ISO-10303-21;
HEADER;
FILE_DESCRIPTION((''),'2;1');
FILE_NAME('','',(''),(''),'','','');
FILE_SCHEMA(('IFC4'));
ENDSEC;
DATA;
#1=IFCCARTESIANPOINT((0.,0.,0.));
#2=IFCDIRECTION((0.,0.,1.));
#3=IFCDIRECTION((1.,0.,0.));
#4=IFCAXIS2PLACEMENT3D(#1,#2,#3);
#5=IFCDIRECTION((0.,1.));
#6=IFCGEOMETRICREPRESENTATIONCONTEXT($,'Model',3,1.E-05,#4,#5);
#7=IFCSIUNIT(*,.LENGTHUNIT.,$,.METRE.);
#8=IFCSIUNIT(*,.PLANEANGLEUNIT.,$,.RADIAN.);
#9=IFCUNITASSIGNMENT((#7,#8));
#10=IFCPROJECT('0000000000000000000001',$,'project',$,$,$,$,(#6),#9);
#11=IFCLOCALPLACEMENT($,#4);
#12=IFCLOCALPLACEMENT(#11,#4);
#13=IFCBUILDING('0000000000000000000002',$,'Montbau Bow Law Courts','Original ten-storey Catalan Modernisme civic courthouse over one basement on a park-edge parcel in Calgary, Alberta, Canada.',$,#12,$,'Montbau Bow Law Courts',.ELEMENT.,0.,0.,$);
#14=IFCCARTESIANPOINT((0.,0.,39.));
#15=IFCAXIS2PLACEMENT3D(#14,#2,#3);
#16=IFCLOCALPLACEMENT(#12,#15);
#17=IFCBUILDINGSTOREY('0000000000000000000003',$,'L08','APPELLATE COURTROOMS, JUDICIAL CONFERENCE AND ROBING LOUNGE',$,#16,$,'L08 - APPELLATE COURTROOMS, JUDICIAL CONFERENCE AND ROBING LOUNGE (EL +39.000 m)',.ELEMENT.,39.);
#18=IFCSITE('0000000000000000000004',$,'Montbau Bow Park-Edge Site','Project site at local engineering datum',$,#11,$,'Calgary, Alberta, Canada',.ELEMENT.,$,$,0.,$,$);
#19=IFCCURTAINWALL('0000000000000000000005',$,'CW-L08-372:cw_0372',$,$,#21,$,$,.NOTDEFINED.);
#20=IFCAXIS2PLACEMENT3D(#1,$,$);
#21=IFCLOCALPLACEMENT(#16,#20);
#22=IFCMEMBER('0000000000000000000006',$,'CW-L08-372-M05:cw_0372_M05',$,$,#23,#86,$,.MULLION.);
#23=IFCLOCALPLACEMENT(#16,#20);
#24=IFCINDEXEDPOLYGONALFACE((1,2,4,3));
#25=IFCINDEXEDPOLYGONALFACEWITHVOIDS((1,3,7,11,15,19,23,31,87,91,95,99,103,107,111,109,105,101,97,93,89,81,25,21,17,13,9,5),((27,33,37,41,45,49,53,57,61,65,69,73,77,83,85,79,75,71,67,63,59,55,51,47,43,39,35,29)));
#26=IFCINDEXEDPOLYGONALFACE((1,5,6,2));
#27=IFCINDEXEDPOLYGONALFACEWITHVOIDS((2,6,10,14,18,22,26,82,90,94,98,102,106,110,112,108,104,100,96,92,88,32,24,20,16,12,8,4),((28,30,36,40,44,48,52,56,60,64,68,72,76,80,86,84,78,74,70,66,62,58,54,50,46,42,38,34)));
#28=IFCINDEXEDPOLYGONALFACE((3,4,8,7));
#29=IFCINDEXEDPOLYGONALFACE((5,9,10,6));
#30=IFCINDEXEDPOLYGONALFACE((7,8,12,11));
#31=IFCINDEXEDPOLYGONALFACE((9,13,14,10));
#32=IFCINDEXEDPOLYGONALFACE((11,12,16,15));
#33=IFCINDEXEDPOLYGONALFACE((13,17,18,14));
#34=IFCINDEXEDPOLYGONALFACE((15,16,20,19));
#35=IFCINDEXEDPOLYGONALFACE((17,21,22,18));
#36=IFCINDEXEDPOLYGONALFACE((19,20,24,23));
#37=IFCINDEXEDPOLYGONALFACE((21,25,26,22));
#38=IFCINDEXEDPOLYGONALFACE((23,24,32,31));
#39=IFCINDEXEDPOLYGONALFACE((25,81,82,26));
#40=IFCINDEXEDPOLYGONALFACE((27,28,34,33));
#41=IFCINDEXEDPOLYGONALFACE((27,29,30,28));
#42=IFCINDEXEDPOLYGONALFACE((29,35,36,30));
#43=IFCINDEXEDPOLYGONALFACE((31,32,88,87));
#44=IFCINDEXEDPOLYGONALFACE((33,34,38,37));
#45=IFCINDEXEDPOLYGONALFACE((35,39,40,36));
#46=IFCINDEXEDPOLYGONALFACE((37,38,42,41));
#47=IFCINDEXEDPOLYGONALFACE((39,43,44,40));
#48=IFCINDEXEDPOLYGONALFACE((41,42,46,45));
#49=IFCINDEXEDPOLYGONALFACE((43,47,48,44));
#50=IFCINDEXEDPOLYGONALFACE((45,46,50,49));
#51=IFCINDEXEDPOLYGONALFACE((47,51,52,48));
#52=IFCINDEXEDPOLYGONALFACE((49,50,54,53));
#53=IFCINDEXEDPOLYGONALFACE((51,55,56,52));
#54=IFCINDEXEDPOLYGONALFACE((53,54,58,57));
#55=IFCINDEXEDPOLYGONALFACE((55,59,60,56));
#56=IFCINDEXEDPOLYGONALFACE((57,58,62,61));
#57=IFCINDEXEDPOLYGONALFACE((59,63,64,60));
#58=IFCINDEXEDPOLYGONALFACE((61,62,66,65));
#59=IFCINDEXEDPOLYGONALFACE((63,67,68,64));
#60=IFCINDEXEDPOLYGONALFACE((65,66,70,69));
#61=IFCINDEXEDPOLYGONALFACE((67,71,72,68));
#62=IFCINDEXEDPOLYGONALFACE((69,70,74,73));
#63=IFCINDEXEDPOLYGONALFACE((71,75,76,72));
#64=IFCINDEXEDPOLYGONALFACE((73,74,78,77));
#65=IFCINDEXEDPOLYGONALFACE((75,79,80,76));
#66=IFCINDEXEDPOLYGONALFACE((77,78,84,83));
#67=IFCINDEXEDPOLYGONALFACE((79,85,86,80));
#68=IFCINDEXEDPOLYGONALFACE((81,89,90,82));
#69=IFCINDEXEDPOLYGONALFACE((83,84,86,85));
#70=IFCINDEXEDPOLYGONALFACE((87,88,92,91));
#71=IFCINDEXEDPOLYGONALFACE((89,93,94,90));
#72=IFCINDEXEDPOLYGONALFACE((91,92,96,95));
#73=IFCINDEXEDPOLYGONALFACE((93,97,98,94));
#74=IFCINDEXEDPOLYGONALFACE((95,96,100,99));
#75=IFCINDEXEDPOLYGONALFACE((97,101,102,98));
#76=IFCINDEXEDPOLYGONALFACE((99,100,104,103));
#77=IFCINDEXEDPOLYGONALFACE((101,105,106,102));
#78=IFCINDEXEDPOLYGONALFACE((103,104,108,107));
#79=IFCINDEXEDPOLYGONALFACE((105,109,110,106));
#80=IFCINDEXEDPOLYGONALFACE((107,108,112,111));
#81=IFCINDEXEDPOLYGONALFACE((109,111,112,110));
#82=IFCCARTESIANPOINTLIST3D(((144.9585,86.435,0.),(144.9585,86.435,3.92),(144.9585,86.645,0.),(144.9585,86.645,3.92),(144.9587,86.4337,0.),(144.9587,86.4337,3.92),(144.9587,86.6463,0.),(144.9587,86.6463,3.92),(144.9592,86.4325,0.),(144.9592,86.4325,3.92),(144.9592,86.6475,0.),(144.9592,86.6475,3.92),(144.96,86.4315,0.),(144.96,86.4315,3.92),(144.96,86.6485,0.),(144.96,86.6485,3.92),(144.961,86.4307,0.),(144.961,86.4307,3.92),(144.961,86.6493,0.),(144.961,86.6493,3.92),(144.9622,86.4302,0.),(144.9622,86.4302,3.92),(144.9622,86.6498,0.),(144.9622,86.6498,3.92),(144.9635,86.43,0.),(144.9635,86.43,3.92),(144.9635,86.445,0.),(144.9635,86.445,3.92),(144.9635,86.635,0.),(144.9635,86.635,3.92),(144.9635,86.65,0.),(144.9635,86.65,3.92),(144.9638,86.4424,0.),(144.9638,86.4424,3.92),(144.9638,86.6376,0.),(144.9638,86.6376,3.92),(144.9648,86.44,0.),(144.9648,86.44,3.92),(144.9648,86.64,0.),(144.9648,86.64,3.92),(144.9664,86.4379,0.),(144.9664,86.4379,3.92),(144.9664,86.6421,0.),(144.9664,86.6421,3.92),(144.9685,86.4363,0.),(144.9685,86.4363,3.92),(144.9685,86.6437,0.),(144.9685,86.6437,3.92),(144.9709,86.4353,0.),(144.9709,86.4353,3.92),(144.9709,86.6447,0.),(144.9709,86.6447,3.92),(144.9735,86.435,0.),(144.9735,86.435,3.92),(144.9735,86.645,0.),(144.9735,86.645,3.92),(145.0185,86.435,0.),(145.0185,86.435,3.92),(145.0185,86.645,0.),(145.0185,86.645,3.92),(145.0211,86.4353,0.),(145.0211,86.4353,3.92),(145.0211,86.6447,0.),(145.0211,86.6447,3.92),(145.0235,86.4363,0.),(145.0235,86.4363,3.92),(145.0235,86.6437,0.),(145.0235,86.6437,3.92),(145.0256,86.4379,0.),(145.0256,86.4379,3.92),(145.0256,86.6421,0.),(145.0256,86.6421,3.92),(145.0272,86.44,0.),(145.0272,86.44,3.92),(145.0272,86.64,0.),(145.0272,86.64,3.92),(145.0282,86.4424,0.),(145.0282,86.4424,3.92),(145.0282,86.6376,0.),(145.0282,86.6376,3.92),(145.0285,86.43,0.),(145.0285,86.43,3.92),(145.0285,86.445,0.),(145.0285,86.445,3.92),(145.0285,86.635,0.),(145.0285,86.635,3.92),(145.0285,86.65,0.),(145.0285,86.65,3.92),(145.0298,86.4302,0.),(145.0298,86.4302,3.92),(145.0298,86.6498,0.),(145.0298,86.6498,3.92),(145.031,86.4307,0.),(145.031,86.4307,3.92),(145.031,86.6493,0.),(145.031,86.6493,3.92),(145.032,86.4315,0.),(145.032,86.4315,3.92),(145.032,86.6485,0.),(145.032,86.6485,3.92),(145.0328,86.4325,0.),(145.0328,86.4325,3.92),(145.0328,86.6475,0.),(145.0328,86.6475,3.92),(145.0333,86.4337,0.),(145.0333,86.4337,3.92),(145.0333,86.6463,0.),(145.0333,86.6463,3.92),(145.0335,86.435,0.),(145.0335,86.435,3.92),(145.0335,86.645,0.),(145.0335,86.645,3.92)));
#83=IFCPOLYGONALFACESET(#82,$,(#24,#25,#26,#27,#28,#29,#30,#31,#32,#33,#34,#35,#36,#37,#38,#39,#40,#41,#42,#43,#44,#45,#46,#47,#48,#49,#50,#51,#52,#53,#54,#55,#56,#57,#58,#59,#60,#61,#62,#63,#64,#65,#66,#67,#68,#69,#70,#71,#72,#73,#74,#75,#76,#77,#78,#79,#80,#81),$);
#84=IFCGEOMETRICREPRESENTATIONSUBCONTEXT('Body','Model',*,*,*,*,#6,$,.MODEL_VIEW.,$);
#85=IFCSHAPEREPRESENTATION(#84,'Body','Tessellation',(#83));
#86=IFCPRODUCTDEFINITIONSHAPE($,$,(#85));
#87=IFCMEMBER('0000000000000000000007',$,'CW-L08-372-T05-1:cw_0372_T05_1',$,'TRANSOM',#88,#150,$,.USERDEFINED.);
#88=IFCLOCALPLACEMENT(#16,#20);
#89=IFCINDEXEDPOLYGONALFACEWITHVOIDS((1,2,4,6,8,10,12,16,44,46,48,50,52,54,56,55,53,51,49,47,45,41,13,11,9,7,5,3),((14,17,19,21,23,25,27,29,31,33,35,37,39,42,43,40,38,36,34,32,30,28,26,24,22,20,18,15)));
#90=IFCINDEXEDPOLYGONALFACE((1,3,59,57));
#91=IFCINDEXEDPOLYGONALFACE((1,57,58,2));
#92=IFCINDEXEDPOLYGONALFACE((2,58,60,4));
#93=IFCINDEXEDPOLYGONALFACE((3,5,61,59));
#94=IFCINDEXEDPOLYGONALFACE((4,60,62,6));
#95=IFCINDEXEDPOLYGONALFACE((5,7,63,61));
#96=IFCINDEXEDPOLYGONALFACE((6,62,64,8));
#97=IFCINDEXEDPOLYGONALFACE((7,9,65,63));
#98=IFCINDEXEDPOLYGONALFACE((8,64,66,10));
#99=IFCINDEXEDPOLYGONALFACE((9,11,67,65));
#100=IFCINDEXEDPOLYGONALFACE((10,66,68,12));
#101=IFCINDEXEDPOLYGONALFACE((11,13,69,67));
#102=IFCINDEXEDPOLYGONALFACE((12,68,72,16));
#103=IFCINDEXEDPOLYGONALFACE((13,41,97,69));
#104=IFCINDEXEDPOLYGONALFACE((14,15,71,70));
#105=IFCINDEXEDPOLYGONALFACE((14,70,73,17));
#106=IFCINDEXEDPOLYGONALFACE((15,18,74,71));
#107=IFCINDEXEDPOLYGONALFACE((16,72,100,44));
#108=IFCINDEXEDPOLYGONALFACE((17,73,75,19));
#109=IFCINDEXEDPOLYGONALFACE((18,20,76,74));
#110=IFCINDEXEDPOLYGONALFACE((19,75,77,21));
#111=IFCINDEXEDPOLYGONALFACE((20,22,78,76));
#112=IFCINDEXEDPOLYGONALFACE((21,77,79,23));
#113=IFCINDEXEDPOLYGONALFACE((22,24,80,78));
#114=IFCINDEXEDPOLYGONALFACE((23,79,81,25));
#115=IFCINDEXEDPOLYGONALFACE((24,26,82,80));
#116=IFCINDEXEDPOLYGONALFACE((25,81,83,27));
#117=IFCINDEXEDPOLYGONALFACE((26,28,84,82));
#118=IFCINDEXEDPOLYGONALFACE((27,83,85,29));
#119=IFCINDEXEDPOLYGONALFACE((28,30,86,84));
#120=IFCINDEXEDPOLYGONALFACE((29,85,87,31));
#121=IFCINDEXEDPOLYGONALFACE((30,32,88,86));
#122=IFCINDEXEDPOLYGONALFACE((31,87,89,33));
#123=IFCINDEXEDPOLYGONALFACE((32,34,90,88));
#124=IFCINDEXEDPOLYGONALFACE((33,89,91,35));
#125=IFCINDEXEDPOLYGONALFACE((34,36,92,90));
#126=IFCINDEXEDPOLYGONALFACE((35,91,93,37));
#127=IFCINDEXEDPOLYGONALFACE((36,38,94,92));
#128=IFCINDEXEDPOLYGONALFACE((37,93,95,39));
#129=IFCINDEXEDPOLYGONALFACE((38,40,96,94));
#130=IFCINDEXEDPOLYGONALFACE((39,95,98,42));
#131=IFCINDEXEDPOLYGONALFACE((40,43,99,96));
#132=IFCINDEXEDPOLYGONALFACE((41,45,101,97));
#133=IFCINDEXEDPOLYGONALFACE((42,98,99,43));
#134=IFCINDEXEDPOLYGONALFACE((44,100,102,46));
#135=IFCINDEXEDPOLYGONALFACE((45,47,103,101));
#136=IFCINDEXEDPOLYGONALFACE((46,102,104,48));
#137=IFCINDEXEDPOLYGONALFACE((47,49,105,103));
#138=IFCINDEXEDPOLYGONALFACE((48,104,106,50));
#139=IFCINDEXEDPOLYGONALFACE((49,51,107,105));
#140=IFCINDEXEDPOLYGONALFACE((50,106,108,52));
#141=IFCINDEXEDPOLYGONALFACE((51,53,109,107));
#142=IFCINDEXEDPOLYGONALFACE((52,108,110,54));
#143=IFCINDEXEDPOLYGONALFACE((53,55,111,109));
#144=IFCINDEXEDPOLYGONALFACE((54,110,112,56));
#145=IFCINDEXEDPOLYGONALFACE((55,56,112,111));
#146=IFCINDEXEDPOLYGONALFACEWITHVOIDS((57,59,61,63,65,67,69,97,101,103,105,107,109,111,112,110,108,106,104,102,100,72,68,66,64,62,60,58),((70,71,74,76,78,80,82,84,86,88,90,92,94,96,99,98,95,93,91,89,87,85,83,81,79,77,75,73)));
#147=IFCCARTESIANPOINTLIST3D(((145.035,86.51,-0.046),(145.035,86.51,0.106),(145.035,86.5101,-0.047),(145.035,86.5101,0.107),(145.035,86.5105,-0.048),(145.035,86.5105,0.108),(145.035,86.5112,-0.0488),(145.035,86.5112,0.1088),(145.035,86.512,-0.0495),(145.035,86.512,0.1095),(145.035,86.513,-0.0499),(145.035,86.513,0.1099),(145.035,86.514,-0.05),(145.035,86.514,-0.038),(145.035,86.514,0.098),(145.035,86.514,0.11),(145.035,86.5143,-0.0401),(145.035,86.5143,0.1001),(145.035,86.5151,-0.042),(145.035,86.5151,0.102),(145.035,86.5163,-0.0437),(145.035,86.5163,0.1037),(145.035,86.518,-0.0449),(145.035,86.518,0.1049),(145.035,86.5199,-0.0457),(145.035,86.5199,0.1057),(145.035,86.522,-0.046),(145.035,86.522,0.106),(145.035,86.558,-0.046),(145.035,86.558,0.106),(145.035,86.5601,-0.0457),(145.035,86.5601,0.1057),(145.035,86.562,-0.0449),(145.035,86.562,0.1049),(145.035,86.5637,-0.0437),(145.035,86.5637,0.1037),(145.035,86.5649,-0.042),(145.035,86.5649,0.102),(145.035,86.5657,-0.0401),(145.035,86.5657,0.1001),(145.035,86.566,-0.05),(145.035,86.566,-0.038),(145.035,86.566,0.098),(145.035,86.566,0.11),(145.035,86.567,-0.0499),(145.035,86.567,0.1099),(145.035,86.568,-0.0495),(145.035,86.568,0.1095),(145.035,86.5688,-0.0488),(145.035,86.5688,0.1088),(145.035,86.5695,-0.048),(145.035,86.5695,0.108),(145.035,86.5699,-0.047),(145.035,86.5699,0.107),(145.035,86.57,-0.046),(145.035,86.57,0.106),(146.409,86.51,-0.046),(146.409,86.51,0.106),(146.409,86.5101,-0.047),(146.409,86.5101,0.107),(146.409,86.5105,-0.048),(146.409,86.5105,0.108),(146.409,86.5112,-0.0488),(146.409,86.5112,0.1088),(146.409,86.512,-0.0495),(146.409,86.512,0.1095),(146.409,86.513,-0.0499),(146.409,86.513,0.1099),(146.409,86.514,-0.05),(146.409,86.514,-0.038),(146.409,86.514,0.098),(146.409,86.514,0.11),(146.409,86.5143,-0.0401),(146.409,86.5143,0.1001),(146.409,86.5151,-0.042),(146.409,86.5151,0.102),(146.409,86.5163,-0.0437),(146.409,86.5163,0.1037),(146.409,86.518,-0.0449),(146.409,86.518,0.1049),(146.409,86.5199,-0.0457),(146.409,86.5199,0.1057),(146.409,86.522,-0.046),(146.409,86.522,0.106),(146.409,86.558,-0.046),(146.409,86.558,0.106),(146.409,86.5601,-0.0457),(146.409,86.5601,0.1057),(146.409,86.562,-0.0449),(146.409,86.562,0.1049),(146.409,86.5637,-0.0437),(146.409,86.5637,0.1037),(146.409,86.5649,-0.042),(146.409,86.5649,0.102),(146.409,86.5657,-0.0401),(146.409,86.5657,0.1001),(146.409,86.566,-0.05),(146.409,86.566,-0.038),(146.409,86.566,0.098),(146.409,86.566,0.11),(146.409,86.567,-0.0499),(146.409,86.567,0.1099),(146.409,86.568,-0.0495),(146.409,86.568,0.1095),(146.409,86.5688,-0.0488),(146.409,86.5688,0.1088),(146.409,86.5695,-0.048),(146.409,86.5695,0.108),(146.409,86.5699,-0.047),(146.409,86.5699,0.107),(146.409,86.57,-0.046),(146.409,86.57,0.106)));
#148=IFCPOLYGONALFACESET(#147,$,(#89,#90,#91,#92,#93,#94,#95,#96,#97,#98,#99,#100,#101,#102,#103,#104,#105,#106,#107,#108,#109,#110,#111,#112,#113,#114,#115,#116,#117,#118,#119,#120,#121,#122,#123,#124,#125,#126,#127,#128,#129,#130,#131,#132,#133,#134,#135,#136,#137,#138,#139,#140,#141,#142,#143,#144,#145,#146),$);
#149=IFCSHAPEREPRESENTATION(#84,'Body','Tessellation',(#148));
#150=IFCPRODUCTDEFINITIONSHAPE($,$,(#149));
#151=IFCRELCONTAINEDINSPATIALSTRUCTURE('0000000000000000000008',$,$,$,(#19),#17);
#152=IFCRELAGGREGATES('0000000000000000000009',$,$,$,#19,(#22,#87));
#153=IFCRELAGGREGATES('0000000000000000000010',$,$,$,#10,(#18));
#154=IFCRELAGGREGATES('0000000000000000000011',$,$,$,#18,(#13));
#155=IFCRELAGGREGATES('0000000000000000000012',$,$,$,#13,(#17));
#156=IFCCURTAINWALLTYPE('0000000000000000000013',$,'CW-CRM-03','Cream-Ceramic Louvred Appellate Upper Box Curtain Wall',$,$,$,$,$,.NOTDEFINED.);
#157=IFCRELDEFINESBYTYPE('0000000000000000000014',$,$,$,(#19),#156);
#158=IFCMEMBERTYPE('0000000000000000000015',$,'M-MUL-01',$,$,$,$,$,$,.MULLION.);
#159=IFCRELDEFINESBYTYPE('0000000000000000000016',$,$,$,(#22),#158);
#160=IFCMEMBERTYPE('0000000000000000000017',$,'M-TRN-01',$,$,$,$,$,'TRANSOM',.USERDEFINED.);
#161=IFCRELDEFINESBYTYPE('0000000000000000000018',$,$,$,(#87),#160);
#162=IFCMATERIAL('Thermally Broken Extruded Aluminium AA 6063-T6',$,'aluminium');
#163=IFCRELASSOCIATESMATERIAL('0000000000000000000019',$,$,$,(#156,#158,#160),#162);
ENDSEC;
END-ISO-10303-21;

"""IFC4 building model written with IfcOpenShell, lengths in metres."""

from ifc_helpers import new_model, si_unit, direction, frame, origin_with_axes, origin_2d_with_axis, place, context, subcontext, project, spatial, hollow_rectangle, extrude, material, material_profile, profile_set, type_object, element, aggregate, save


model = new_model("IFC4")

# Units and contexts
model_context = context("Model", 3, precision=1e-05, world=origin_with_axes(), true_north=direction((0.0, 1.0)))
body_context = subcontext(model_context, "Body", "Model", "MODEL_VIEW")
ifc_project = project(units=[si_unit("LENGTHUNIT", "METRE"), si_unit("PLANEANGLEUNIT", "RADIAN")], contexts=[model_context])

# Site, building, storey
site_placement = place(None, origin_with_axes())
site = spatial("IfcSite", under=ifc_project, at=site_placement, Name="Montbau Bow Park-Edge Site", Description="Project site at local engineering datum", LongName="Calgary, Alberta, Canada", CompositionType="ELEMENT", RefElevation=0.0)
building_placement = place(site_placement, origin_with_axes())
building = spatial("IfcBuilding", under=site, at=building_placement, Name="Montbau Bow Law Courts", Description="Original ten-storey Catalan Modernisme civic courthouse over one basement on a park-edge parcel in Calgary, Alberta, Canada.", LongName="Montbau Bow Law Courts", CompositionType="ELEMENT", ElevationOfRefHeight=0.0, ElevationOfTerrain=0.0)
storey_placement = place(building_placement, frame((0.0, 0.0, 39.0), z_axis=(0.0, 0.0, 1.0), x_axis=(1.0, 0.0, 0.0)))
storey = spatial("IfcBuildingStorey", under=building, at=storey_placement, Name="L08", Description="APPELLATE COURTROOMS, JUDICIAL CONFERENCE AND ROBING LOUNGE", LongName="L08 - APPELLATE COURTROOMS, JUDICIAL CONFERENCE AND ROBING LOUNGE (EL +39.000 m)", CompositionType="ELEMENT", Elevation=39.0)

# Curtain wall, members
ifc_material_1 = material(Name="Thermally Broken Extruded Aluminium AA 6063-T6", Category="aluminium")
curtain_wall_type = type_object("IfcCurtainWallType", Name="CW-CRM-03", Description="Cream-Ceramic Louvred Appellate Upper Box Curtain Wall", PredefinedType="NOTDEFINED", material=ifc_material_1)
curtain_wall_placement = place(None, frame((139.04, 86.54, 39.0), z_axis=(0.0, 0.0, 1.0), x_axis=(1.0, 0.0, 0.0)))
curtain_wall = element("IfcCurtainWall", 1, at=curtain_wall_placement, inside=storey, type_object=curtain_wall_type, Name="CW-L08-372:cw_0372", PredefinedType="NOTDEFINED")
ifc_material_profile_1 = material_profile(ifc_material_1, hollow_rectangle(XDim=0.075, YDim=0.22, WallThickness=0.005, InnerFilletRadius=0.01, OuterFilletRadius=0.005, at=origin_2d_with_axis()), Name="CWM-220X75", Category="Main", Priority=0)
ifc_profile_set_1 = profile_set([ifc_material_profile_1], Name="Thermally Broken Extruded Aluminium AA 6063-T6")
member_type_1 = type_object("IfcMemberType", Name="M-MUL-01", PredefinedType="MULLION", material=ifc_profile_set_1)
member_1_placement = place(None, frame((144.996, 86.54, 39.0), z_axis=(0.0, 0.0, 1.0), x_axis=(1.0, 0.0, 0.0)))
member_1 = element("IfcMember", 2, at=member_1_placement, type_object=member_type_1, Name="CW-L08-372-M05:cw_0372_M05", PredefinedType="MULLION", context=body_context, shape_type="SweptSolid", body=[
    extrude(hollow_rectangle(XDim=0.075, YDim=0.22, WallThickness=0.005, InnerFilletRadius=0.01, OuterFilletRadius=0.005, at=origin_2d_with_axis()), origin_with_axes(), (0.0, 0.0, 1.0), 3.92),
])
ifc_material_profile_2 = material_profile(ifc_material_1, hollow_rectangle(XDim=0.06, YDim=0.16, WallThickness=0.004, InnerFilletRadius=0.008, OuterFilletRadius=0.004, at=origin_2d_with_axis()), Name="CWT-160X60", Category="Main", Priority=0)
ifc_profile_set_2 = profile_set([ifc_material_profile_2], Name="Thermally Broken Extruded Aluminium AA 6063-T6")
member_type_2 = type_object("IfcMemberType", Name="M-TRN-01", ElementType="TRANSOM", PredefinedType="USERDEFINED", material=ifc_profile_set_2)
member_2_placement = place(None, frame((145.035, 86.54, 39.03), z_axis=(1.0, 0.0, 0.0), x_axis=(0.0, 1.0, 0.0)))
member_2 = element("IfcMember", 3, at=member_2_placement, type_object=member_type_2, Name="CW-L08-372-T05-1:cw_0372_T05_1", ObjectType="TRANSOM", PredefinedType="USERDEFINED", context=body_context, shape_type="SweptSolid", body=[
    extrude(hollow_rectangle(XDim=0.06, YDim=0.16, WallThickness=0.004, InnerFilletRadius=0.008, OuterFilletRadius=0.004, at=origin_2d_with_axis()), origin_with_axes(), (0.0, 0.0, 1.0), 1.374),
])
aggregate(curtain_wall, [member_1, member_2])

save(model, "model.ifc")
